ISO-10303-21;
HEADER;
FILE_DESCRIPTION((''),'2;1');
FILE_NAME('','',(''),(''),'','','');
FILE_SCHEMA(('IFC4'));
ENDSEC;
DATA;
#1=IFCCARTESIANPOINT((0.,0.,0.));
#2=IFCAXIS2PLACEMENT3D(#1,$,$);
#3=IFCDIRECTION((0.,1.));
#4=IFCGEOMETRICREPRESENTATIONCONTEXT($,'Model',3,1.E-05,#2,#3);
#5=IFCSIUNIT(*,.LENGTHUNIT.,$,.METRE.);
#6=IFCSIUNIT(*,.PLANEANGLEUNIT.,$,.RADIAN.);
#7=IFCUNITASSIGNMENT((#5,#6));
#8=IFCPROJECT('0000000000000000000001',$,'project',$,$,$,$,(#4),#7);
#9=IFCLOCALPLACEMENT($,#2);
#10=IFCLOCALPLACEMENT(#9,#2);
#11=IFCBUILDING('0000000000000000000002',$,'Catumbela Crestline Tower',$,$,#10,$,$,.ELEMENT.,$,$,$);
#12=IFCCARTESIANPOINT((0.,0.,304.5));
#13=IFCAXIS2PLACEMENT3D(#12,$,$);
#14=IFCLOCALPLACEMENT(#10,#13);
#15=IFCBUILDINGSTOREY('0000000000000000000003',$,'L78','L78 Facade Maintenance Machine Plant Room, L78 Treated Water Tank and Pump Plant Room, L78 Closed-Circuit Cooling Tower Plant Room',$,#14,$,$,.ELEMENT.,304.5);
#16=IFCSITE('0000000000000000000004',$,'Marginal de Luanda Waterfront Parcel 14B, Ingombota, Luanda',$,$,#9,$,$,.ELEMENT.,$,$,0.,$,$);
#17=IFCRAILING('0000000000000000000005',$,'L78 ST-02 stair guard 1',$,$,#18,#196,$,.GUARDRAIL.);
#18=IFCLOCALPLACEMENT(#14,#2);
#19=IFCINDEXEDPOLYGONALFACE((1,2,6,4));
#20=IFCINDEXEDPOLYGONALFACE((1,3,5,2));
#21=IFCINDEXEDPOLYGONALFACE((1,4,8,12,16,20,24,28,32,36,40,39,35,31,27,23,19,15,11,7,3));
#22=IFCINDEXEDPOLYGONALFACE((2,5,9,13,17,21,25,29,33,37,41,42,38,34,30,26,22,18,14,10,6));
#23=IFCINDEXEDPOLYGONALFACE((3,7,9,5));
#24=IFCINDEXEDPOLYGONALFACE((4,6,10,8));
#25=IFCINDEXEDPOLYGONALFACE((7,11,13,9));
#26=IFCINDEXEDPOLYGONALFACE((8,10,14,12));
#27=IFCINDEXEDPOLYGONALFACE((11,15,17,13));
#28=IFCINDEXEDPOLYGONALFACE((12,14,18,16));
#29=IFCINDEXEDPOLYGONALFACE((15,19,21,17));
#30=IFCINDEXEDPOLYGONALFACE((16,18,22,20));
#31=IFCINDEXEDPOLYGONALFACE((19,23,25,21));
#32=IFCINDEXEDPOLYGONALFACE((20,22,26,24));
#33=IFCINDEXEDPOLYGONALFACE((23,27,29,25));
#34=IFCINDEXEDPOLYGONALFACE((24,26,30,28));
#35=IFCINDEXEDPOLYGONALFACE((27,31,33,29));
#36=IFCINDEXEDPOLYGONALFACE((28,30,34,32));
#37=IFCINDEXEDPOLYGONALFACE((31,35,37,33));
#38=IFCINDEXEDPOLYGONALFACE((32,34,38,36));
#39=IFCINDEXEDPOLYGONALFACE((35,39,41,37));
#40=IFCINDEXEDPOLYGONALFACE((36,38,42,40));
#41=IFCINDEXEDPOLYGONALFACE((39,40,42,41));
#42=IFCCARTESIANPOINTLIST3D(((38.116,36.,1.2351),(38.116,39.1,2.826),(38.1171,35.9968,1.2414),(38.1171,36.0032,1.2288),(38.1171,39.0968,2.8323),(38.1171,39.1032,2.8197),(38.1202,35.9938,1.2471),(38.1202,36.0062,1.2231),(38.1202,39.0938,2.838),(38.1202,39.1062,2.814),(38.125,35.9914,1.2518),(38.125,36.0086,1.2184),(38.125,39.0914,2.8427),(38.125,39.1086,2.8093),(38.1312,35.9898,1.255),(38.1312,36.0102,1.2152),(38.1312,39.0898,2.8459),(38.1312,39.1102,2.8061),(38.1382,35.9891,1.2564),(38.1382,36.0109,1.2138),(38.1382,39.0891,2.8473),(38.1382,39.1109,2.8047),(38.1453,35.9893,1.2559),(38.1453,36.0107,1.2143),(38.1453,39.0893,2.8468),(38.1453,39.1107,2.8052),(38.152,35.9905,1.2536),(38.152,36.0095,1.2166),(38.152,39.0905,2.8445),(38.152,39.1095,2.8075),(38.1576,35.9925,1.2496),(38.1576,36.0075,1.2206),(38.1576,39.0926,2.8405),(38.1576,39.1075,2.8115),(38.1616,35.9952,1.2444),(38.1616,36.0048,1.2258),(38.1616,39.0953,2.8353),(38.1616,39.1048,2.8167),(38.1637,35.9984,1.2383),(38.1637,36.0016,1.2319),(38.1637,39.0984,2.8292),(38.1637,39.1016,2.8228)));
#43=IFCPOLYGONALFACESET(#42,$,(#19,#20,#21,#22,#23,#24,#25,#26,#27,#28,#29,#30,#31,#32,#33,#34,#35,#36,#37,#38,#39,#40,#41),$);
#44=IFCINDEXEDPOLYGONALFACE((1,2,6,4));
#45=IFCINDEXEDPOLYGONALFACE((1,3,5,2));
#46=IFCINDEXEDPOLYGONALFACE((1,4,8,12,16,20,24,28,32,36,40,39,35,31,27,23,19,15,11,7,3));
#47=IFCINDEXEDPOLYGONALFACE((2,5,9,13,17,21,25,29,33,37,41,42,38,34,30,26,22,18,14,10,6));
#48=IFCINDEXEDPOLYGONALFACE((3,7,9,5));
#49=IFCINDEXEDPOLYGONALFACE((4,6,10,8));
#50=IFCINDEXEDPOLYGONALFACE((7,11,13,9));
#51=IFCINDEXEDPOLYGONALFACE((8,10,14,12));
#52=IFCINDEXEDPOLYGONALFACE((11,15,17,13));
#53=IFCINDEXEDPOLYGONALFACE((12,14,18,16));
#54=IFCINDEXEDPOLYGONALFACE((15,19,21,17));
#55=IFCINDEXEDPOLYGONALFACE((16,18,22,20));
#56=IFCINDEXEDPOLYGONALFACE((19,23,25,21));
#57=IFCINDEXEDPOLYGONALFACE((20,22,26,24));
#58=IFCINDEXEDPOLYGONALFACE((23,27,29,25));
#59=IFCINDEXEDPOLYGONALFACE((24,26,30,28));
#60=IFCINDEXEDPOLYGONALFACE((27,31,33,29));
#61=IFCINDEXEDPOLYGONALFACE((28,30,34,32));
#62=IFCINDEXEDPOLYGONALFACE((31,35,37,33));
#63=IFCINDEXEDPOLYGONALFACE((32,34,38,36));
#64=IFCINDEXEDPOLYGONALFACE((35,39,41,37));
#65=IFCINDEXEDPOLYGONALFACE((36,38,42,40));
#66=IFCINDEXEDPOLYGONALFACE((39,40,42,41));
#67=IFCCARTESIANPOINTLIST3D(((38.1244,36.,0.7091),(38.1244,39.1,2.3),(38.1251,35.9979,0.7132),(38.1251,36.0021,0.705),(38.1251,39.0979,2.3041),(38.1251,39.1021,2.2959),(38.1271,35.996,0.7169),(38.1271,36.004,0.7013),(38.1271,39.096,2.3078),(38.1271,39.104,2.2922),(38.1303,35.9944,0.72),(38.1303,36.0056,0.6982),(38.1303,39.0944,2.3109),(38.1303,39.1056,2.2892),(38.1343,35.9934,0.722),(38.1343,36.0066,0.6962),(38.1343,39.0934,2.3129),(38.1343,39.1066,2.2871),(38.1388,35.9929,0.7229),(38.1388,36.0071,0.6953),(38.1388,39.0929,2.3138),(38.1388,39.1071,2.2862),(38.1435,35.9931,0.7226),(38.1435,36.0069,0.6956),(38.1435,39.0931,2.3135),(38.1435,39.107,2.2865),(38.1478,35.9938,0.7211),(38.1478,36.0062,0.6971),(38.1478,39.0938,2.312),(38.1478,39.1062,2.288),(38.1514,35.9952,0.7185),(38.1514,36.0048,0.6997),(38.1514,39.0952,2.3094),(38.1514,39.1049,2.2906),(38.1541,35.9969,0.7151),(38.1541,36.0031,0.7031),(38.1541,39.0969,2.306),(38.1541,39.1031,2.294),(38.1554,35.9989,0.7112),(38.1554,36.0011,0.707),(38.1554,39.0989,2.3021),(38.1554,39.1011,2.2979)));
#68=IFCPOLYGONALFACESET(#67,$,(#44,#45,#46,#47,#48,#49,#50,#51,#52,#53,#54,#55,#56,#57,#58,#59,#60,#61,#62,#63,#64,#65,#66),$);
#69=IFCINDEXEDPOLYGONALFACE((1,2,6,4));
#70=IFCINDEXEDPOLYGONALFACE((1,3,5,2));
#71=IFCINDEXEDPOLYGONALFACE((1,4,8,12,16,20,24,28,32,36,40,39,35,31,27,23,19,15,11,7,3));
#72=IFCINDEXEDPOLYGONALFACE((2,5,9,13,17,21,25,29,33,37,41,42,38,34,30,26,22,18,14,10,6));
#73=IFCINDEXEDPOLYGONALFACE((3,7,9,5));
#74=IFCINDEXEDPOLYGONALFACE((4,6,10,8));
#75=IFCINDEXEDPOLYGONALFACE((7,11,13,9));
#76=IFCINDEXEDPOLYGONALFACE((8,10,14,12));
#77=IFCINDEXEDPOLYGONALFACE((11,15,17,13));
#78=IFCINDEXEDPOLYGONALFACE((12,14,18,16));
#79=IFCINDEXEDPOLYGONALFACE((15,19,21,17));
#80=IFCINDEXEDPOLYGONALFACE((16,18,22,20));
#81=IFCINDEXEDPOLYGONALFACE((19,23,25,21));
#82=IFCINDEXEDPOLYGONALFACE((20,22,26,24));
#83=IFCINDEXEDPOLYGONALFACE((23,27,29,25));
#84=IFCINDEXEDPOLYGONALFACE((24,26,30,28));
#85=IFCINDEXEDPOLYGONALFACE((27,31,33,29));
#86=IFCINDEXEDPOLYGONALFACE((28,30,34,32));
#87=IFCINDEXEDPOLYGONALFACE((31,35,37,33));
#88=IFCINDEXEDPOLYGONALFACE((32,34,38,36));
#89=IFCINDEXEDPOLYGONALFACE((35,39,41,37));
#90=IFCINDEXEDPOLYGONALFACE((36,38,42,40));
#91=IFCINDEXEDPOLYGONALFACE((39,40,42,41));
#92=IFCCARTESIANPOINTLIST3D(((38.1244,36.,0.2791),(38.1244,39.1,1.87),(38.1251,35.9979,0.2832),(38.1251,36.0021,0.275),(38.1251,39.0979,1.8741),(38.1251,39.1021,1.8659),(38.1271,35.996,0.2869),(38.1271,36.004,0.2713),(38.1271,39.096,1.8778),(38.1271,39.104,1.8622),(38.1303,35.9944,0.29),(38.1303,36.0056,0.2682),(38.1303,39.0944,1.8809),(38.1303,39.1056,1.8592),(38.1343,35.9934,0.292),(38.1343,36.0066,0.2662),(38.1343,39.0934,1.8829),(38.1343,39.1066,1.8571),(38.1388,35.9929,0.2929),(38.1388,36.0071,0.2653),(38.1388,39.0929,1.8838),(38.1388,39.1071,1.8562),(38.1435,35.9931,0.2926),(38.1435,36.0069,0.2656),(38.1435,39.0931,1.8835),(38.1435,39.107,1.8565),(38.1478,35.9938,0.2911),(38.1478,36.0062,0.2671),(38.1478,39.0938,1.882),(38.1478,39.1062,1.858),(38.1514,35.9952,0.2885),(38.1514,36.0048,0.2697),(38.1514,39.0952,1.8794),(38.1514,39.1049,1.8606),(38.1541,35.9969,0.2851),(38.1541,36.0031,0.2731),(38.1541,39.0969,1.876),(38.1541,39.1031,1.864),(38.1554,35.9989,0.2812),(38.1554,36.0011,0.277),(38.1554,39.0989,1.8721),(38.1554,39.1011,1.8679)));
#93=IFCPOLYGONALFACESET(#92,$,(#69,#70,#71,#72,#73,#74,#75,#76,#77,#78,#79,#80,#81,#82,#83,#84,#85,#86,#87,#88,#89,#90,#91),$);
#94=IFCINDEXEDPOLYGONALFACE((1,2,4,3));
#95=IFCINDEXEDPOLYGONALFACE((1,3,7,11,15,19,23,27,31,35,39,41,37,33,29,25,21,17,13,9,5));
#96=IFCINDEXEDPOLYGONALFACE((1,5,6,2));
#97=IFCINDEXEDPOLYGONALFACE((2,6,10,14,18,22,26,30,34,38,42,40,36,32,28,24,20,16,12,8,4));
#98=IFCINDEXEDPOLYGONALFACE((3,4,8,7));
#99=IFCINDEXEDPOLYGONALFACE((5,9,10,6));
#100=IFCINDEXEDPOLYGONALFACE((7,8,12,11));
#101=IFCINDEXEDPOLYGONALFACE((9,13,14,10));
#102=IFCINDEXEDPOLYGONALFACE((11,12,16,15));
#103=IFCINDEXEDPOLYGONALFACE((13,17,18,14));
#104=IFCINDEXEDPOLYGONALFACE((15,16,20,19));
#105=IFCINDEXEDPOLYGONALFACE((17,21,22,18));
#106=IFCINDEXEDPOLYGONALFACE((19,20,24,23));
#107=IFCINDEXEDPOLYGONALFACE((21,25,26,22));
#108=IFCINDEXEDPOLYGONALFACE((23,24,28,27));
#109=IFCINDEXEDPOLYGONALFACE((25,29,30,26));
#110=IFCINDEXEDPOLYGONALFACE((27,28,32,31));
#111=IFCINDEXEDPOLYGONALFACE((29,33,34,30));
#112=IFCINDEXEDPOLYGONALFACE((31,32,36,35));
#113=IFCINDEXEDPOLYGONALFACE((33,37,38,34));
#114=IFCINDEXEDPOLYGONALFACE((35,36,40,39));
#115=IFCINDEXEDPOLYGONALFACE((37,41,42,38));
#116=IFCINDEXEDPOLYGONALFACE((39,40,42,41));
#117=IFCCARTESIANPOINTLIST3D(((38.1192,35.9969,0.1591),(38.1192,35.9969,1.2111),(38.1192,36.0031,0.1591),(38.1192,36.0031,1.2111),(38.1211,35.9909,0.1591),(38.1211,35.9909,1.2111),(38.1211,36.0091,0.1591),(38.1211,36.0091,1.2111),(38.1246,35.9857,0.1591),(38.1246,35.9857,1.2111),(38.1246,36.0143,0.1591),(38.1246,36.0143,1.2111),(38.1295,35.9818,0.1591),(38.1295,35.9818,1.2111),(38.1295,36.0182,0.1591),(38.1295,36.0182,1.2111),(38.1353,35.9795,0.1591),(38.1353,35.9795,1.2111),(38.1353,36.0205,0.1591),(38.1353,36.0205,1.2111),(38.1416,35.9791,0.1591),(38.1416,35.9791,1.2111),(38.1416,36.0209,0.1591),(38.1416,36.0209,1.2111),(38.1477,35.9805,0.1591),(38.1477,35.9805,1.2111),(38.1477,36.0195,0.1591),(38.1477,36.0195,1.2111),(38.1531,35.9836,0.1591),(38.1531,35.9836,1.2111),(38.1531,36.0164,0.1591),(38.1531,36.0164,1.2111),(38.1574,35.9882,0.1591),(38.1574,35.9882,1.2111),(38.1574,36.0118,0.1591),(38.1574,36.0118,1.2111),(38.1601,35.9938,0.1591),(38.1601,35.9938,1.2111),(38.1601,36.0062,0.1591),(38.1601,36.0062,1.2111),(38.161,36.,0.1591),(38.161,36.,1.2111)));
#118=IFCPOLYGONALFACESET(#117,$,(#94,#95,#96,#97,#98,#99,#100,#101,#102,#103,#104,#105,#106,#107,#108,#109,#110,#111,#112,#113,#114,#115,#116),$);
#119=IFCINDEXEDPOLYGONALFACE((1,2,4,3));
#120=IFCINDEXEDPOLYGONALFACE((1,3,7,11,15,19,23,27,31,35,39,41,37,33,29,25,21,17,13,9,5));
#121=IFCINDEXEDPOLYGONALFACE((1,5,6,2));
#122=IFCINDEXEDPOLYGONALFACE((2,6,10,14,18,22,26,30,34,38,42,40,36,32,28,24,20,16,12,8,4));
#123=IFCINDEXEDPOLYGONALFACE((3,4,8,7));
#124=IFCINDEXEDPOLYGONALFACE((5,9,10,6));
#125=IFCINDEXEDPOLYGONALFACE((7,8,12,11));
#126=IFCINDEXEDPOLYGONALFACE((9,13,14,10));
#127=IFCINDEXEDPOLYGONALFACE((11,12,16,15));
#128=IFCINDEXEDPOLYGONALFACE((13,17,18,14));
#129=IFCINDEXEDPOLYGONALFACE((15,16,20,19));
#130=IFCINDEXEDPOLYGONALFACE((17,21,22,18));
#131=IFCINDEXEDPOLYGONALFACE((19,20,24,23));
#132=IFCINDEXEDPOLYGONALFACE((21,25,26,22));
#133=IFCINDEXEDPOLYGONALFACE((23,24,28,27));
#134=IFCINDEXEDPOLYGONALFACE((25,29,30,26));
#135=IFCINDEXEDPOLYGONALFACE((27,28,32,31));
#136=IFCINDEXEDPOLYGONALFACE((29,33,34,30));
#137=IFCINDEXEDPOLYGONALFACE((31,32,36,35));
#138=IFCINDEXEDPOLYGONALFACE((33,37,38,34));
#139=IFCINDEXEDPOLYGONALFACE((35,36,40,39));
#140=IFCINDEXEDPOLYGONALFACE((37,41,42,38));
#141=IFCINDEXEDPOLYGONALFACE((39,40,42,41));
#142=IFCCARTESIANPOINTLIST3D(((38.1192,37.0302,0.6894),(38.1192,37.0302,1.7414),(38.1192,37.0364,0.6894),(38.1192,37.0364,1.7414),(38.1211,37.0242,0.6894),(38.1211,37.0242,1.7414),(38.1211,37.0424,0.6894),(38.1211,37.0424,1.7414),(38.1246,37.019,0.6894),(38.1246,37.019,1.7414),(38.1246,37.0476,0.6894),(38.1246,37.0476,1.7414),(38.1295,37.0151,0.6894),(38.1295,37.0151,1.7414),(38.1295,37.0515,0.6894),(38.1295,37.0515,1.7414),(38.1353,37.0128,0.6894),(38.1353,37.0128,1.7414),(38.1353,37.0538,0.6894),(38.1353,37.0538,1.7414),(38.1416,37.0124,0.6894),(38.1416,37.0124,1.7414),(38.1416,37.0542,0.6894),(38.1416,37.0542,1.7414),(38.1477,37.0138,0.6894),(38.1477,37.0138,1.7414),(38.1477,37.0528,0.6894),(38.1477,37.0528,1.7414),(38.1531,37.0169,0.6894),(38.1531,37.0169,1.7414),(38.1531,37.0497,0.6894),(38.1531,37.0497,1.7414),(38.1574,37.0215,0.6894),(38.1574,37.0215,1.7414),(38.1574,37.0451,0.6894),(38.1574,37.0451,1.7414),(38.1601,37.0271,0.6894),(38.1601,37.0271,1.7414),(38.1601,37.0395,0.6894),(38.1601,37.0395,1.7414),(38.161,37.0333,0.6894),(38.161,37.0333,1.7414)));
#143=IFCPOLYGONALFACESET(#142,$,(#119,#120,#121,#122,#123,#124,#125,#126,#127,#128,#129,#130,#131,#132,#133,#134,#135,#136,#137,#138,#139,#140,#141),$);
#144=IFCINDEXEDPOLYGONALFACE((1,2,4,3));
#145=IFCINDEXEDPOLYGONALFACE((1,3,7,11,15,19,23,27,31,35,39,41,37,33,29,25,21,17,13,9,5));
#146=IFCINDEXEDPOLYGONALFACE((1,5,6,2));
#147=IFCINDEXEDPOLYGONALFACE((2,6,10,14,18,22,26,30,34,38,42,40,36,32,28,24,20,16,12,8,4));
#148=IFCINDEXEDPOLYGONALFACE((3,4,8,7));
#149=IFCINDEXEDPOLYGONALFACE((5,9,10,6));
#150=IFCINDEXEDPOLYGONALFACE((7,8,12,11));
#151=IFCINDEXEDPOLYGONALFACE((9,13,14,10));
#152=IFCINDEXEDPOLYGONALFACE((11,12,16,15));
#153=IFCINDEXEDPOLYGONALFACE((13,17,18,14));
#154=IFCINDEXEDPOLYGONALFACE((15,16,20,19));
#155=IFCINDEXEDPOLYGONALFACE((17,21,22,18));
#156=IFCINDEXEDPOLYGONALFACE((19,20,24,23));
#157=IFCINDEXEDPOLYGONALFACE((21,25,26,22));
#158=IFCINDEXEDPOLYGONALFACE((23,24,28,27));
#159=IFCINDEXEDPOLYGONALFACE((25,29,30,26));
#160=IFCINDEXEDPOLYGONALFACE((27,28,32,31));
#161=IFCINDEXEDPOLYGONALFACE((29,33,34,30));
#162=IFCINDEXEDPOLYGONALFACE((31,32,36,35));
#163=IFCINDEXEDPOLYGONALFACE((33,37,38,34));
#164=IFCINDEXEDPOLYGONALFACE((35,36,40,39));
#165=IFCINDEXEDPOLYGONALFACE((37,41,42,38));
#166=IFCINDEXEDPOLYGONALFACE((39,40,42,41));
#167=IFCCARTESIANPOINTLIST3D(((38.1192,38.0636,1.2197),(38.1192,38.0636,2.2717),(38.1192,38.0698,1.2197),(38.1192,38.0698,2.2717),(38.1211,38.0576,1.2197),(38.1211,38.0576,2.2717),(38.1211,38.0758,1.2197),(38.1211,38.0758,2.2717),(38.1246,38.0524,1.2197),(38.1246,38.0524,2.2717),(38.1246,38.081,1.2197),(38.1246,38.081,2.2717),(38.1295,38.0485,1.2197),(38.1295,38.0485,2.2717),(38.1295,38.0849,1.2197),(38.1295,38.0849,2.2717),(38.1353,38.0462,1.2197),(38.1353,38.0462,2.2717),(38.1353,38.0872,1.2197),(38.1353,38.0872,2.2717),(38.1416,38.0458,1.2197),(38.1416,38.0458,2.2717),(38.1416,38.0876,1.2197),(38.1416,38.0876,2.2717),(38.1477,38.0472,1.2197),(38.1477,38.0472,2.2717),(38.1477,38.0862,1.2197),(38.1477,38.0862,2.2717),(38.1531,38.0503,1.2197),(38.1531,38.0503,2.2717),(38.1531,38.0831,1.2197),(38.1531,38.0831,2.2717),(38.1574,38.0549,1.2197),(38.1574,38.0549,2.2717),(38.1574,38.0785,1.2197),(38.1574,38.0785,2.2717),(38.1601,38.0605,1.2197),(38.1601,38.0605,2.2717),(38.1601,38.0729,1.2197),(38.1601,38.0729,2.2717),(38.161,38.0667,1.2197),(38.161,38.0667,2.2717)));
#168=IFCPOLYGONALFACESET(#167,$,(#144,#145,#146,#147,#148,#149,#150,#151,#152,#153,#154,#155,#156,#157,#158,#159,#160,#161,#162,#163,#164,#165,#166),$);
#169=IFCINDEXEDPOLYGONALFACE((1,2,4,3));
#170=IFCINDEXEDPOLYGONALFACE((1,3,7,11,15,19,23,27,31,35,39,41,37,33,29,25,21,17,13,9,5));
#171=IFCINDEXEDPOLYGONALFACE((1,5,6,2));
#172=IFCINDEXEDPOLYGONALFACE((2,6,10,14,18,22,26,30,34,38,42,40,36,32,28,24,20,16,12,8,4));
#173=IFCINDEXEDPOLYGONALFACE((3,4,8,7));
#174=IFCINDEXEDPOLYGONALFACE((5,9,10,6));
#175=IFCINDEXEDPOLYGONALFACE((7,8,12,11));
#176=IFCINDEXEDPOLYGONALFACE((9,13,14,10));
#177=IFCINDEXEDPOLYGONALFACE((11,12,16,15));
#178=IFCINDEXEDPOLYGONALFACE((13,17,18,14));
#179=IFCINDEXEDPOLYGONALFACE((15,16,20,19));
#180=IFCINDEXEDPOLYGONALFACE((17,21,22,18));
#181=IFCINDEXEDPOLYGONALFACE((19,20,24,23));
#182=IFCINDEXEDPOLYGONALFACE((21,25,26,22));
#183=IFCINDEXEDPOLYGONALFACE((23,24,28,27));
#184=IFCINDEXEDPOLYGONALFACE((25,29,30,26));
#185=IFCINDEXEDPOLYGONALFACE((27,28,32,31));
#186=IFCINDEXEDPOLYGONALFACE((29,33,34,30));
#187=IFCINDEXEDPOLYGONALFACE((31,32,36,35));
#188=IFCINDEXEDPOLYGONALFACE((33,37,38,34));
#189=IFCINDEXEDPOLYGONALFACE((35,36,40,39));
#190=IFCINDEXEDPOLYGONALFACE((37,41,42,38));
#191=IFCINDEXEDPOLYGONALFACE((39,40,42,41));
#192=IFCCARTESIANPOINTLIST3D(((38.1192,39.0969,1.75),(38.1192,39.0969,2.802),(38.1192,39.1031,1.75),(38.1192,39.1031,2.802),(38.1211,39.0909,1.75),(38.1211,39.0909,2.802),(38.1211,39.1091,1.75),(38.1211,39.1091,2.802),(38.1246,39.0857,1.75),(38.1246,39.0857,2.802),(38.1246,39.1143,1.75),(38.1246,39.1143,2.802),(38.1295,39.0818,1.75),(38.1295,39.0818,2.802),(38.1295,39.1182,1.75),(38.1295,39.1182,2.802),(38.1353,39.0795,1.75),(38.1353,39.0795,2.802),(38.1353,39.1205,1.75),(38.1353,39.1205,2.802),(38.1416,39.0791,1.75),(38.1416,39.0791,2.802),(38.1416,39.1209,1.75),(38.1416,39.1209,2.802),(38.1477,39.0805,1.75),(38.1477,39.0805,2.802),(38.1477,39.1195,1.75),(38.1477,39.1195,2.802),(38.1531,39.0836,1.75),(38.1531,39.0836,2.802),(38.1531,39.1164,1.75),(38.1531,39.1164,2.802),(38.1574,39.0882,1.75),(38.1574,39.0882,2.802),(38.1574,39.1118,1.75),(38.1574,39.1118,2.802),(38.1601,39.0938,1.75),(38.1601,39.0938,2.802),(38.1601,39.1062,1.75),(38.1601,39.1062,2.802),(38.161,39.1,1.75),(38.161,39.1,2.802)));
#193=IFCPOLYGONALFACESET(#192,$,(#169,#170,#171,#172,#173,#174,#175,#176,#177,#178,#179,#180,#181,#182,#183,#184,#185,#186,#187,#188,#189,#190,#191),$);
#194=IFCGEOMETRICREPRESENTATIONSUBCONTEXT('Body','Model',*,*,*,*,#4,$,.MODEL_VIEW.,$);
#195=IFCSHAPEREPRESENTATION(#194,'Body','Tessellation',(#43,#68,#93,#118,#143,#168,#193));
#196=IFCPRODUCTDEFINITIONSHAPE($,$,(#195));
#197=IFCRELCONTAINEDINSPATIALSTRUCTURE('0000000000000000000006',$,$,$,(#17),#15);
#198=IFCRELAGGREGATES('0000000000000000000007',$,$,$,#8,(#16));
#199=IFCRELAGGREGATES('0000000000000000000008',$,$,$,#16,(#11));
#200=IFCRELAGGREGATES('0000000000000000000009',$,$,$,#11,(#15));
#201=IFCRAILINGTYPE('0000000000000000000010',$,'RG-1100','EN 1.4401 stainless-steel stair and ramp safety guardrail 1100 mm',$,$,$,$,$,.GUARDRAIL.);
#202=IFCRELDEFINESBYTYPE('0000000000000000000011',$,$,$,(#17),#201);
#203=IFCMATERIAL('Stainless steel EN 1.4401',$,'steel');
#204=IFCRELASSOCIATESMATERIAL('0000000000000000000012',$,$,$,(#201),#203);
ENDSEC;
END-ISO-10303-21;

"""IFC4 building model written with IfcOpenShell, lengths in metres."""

from ifc_helpers import new_model, si_unit, direction, frame, origin, origin_2d, place, context, subcontext, project, spatial, circle, extrude, material, type_object, element, save


model = new_model("IFC4")

# Units and contexts
model_context = context("Model", 3, precision=1e-05, world=origin(), true_north=direction((0.0, 1.0)))
body_context = subcontext(model_context, "Body", "Model", "MODEL_VIEW")
ifc_project = project(units=[si_unit("LENGTHUNIT", "METRE"), si_unit("PLANEANGLEUNIT", "RADIAN")], contexts=[model_context])

# Site, building, storey
site_placement = place(None, origin())
site = spatial("IfcSite", under=ifc_project, at=site_placement, Name="Marginal de Luanda Waterfront Parcel 14B, Ingombota, Luanda", CompositionType="ELEMENT", RefElevation=0.0)
building_placement = place(site_placement, origin())
building = spatial("IfcBuilding", under=site, at=building_placement, Name="Catumbela Crestline Tower", CompositionType="ELEMENT")
storey_placement = place(building_placement, frame((0.0, 0.0, 304.5)))
storey = spatial("IfcBuildingStorey", under=building, at=storey_placement, Name="L78", Description="L78 Facade Maintenance Machine Plant Room, L78 Treated Water Tank and Pump Plant Room, L78 Closed-Circuit Cooling Tower Plant Room", CompositionType="ELEMENT", Elevation=304.5)

# Railing
ifc_material_1 = material(Name="Stainless steel EN 1.4401", Category="steel")
railing_type_1 = type_object("IfcRailingType", Name="RG-1100", Description="EN 1.4401 stainless-steel stair and ramp safety guardrail 1100 mm", PredefinedType="GUARDRAIL", material=ifc_material_1)
railing_1_placement = place(storey_placement, frame((38.14, 36.0, 0.1591)))
element("IfcRailing", 1, at=railing_1_placement, inside=storey, type_object=railing_type_1, Name="L78 ST-02 stair guard 1", PredefinedType="GUARDRAIL", context=body_context, shape_type="SweptSolid", body=[
    extrude(circle(Radius=0.024, at=origin_2d()), frame((0.0, 0.0, 1.076), z_axis=(0.0, 0.889683, 0.456579), x_axis=(-1.0, 0.0, 0.0)), (0.0, 0.0, 1.0), 3.4844),
    extrude(circle(Radius=0.0156, at=origin_2d()), frame((0.0, 0.0, 0.55), z_axis=(0.0, 0.889683, 0.456579), x_axis=(-1.0, 0.0, 0.0)), (0.0, 0.0, 1.0), 3.4844),
    extrude(circle(Radius=0.0156, at=origin_2d()), frame((0.0, 0.0, 0.12), z_axis=(0.0, 0.889683, 0.456579), x_axis=(-1.0, 0.0, 0.0)), (0.0, 0.0, 1.0), 3.4844),
    extrude(circle(Radius=0.021, at=origin_2d()), origin(), (0.0, 0.0, 1.0), 1.052),
    extrude(circle(Radius=0.021, at=origin_2d()), frame((0.0, 1.0333, 0.5303)), (0.0, 0.0, 1.0), 1.052),
    extrude(circle(Radius=0.021, at=origin_2d()), frame((0.0, 2.0667, 1.0606)), (0.0, 0.0, 1.0), 1.052),
    extrude(circle(Radius=0.021, at=origin_2d()), frame((0.0, 3.1, 1.5909)), (0.0, 0.0, 1.0), 1.052),
])

save(model, "model.ifc")
